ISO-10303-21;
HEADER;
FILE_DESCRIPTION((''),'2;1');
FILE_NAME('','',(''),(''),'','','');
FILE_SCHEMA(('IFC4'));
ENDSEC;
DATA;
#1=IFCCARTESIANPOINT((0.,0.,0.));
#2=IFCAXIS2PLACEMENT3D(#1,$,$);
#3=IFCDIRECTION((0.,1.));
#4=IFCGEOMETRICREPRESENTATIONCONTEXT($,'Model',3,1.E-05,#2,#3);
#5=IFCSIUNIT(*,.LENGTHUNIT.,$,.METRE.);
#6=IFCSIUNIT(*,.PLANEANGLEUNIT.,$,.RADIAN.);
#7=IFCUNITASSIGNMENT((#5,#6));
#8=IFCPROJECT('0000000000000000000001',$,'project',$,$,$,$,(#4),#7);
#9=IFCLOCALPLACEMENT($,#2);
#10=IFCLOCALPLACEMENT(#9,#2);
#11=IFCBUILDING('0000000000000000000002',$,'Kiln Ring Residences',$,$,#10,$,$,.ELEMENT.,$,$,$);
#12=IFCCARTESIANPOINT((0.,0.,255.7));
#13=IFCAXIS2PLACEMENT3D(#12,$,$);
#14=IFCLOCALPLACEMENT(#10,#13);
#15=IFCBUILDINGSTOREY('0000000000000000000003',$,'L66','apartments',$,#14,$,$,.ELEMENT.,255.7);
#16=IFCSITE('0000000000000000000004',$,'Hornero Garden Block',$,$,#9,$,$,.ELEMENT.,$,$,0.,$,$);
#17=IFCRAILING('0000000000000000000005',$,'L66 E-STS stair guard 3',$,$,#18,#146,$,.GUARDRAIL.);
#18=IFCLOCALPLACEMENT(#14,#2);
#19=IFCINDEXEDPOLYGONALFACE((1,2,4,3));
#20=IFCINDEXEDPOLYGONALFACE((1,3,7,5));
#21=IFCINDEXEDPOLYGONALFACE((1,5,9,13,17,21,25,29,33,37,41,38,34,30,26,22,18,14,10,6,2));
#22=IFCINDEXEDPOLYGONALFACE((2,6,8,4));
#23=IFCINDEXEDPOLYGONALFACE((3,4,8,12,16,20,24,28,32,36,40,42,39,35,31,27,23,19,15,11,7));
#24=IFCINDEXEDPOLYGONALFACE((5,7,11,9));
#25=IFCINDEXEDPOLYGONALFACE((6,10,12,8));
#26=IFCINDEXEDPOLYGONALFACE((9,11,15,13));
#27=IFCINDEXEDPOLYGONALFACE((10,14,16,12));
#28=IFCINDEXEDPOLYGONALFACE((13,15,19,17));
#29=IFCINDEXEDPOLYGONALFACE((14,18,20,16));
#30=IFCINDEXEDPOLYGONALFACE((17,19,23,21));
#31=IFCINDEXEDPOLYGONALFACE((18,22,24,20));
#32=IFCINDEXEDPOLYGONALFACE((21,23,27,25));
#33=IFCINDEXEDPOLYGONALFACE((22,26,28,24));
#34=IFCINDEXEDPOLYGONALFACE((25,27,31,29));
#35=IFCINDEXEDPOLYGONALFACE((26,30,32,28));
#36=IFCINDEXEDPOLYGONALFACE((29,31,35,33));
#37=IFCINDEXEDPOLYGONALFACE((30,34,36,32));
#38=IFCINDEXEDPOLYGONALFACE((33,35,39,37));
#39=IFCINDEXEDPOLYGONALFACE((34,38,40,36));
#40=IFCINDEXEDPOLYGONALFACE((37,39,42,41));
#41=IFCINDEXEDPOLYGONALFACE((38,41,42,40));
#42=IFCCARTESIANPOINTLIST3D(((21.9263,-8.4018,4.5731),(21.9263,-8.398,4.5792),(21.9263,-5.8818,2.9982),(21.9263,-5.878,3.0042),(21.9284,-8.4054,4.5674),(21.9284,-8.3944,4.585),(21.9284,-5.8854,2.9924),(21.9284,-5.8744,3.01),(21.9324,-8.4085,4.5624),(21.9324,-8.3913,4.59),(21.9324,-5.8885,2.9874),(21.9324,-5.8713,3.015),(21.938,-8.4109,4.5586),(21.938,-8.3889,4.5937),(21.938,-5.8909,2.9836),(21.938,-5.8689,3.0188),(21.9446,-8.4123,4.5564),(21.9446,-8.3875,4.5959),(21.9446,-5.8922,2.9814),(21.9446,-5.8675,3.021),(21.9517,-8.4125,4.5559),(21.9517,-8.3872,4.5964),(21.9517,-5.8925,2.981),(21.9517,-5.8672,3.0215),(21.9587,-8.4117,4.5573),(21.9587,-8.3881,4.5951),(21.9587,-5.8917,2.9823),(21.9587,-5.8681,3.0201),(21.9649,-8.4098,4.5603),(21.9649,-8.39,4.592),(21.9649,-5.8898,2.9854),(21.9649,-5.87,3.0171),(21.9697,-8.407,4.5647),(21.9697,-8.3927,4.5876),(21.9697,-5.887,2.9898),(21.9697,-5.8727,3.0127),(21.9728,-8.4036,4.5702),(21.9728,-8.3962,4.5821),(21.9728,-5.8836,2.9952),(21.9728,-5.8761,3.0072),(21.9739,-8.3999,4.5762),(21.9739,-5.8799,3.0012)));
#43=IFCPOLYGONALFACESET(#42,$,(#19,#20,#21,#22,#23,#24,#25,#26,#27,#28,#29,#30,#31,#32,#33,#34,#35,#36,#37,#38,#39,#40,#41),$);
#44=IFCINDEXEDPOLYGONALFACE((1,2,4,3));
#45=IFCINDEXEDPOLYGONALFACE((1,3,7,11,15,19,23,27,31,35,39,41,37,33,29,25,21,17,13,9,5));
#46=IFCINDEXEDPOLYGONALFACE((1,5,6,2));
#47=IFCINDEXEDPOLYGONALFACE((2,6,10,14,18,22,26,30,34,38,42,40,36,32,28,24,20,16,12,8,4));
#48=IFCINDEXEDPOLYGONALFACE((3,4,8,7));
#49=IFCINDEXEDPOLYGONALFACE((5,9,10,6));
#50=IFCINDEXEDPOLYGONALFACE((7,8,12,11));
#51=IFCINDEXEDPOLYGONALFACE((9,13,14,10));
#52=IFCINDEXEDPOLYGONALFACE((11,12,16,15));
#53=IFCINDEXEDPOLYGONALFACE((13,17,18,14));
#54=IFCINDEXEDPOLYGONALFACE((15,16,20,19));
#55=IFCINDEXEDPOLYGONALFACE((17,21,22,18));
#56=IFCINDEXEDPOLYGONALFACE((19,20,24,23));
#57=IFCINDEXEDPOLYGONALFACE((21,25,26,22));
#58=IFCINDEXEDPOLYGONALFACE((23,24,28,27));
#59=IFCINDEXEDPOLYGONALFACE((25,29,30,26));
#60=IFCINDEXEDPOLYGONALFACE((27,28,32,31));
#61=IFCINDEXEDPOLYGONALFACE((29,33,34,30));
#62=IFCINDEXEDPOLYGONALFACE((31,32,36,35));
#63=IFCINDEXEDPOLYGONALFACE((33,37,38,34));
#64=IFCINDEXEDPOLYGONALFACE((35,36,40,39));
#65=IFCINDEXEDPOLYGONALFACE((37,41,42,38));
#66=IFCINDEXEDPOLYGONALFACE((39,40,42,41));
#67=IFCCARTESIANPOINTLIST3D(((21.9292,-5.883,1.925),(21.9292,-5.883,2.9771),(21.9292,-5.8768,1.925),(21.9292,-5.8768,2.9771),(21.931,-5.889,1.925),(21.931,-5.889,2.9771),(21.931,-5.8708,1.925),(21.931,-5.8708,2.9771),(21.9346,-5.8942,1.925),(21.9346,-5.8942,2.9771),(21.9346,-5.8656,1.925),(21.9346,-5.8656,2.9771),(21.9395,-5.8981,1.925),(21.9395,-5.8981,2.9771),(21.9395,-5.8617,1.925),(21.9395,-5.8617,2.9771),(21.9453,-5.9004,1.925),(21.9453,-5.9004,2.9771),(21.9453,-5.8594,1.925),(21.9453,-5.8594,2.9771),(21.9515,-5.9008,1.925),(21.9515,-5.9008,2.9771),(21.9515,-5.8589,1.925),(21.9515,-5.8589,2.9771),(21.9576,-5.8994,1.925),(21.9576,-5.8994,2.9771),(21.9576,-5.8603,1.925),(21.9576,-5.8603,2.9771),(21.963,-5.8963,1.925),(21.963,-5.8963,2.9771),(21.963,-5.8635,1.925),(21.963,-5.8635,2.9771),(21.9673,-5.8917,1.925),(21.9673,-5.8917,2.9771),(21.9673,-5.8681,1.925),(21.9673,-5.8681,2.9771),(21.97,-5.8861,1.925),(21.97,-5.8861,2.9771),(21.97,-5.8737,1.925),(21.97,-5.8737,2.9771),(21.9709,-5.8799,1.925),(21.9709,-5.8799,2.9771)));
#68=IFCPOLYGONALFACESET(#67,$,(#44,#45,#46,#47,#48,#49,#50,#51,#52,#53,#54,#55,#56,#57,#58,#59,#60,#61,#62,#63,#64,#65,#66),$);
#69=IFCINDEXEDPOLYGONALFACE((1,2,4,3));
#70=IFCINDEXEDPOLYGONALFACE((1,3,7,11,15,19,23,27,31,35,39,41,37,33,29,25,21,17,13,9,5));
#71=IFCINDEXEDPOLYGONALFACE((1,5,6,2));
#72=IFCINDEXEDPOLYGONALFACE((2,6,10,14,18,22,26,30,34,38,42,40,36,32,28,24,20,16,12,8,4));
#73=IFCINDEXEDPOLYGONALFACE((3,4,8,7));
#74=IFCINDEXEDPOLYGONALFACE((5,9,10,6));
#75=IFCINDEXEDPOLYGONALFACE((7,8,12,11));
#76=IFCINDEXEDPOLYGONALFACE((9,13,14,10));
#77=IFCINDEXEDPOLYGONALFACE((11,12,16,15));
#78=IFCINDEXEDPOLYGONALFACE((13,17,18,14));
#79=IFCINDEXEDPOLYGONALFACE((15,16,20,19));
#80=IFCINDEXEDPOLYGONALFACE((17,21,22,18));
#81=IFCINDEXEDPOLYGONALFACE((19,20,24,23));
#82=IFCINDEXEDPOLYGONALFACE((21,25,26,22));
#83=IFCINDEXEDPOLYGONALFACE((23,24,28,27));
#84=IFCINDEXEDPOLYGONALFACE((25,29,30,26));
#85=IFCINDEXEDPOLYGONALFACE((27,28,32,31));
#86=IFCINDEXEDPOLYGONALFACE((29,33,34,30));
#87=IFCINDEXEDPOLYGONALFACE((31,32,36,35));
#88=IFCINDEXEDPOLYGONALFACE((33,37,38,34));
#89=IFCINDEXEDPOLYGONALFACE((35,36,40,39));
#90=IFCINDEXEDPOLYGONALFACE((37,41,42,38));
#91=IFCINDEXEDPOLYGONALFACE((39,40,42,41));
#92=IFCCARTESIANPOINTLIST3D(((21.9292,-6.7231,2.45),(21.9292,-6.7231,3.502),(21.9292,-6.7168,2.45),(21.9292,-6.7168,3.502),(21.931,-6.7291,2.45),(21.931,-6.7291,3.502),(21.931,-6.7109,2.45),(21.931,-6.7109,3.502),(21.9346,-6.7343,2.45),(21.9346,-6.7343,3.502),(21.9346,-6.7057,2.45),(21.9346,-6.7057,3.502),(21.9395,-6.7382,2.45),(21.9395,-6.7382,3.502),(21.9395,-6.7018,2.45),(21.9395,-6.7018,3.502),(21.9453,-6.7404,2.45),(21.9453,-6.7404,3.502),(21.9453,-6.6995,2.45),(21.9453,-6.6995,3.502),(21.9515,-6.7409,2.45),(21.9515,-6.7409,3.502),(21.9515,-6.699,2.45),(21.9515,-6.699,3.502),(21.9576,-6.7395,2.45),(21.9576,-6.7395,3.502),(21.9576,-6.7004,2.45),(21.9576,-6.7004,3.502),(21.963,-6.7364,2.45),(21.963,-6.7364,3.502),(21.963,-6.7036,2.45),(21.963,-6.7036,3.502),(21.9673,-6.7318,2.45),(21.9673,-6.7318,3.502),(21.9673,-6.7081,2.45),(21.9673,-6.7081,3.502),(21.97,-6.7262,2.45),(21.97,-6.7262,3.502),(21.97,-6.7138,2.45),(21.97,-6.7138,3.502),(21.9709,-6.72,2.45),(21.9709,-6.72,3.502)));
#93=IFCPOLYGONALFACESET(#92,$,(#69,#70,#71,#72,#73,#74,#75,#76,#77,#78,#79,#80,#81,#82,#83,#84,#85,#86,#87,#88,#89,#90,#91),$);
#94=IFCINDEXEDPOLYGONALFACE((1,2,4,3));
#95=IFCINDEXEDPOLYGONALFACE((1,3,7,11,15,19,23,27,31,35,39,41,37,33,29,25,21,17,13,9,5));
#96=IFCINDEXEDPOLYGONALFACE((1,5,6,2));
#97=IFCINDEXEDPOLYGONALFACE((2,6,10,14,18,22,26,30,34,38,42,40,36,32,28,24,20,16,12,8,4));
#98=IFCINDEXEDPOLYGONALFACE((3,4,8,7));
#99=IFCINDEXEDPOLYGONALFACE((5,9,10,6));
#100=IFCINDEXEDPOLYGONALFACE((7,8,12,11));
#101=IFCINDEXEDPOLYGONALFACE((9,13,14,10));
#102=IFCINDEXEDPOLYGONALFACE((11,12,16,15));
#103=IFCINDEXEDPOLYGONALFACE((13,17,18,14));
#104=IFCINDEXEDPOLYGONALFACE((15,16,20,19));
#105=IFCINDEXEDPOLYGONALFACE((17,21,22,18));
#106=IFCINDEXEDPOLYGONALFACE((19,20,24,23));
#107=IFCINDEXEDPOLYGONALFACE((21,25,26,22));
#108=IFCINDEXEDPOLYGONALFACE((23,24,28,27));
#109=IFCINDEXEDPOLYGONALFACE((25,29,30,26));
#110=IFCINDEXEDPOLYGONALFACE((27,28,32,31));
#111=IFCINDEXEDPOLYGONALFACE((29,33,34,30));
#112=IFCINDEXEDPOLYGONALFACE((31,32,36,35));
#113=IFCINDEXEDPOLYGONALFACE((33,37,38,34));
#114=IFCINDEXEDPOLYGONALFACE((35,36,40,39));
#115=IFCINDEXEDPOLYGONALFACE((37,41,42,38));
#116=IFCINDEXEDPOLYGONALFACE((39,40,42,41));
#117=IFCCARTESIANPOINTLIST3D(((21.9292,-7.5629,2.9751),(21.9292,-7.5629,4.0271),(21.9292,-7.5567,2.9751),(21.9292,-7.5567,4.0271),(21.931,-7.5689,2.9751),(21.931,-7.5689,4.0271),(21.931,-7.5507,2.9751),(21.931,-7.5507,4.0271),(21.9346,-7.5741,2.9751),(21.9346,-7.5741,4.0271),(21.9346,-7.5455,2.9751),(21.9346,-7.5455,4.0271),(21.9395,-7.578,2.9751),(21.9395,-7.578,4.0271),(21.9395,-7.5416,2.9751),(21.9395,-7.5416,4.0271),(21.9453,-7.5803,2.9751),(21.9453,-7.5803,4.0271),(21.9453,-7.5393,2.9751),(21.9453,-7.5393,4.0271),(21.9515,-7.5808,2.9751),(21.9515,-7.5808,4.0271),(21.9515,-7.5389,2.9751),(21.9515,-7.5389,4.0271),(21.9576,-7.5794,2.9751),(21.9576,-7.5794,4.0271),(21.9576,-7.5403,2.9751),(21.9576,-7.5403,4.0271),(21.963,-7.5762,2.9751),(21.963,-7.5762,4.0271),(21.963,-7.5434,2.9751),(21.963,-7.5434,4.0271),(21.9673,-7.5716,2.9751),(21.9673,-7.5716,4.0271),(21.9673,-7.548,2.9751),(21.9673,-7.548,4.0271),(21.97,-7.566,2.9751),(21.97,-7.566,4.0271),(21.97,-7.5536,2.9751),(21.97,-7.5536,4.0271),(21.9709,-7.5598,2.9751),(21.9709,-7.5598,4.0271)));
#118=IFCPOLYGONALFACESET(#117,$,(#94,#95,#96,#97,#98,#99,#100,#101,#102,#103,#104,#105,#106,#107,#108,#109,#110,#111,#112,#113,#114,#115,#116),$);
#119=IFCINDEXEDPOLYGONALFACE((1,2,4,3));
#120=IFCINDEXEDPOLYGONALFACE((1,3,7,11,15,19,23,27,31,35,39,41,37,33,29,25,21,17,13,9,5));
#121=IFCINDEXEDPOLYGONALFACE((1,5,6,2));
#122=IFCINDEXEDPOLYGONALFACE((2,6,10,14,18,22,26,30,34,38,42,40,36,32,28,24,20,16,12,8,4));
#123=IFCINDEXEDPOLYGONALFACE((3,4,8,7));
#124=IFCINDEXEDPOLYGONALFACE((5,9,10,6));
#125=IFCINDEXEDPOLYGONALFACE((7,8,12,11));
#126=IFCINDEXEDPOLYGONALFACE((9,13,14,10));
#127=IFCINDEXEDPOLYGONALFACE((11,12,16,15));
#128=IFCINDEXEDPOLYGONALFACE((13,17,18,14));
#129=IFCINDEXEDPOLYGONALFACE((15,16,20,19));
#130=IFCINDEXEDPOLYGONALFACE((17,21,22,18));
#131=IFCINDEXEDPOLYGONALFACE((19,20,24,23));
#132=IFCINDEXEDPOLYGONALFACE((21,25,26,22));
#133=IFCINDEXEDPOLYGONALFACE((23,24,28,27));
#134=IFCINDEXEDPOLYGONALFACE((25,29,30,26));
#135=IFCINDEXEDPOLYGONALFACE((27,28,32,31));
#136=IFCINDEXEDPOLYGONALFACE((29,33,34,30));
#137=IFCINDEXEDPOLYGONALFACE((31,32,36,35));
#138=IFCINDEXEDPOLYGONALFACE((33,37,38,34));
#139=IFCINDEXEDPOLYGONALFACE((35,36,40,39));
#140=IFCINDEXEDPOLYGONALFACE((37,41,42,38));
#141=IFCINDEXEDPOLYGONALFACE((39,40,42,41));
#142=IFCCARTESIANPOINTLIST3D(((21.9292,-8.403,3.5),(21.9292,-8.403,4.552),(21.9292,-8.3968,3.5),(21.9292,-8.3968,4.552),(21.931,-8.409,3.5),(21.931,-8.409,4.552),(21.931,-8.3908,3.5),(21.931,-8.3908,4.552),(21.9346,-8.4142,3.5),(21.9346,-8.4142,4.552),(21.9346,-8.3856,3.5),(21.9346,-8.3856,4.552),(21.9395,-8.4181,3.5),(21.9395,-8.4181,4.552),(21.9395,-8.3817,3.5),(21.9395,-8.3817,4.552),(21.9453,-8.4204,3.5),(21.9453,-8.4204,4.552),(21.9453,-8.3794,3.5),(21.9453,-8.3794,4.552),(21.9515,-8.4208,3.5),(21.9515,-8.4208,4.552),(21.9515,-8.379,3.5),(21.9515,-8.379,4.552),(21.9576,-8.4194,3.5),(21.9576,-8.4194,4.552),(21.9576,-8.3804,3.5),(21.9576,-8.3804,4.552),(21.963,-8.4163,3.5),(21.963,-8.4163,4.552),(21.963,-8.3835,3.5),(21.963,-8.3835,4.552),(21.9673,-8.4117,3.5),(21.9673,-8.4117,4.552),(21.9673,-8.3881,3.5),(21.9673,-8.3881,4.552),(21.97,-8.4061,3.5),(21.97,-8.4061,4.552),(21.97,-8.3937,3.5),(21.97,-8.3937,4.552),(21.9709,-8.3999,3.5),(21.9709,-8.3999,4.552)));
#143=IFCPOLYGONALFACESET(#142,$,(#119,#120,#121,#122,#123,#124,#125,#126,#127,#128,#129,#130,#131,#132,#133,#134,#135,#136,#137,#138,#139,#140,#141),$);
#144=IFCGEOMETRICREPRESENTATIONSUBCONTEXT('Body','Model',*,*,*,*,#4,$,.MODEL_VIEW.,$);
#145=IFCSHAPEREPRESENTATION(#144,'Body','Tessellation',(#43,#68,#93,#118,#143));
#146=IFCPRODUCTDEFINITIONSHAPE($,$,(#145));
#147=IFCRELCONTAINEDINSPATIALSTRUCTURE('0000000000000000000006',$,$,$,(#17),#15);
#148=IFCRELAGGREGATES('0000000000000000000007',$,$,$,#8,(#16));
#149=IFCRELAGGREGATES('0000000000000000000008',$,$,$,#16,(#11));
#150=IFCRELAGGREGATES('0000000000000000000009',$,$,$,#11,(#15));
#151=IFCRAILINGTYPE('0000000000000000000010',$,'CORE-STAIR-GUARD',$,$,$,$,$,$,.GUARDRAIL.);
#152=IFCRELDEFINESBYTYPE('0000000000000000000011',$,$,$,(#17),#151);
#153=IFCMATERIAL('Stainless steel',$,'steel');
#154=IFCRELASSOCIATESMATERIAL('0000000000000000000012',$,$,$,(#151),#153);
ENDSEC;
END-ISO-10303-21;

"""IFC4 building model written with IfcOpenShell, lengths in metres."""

from ifc_helpers import new_model, si_unit, direction, frame, origin, origin_2d, place, context, subcontext, project, spatial, circle, extrude, material, type_object, element, save


model = new_model("IFC4")

# Units and contexts
model_context = context("Model", 3, precision=1e-05, world=origin(), true_north=direction((0.0, 1.0)))
body_context = subcontext(model_context, "Body", "Model", "MODEL_VIEW")
ifc_project = project(units=[si_unit("LENGTHUNIT", "METRE"), si_unit("PLANEANGLEUNIT", "RADIAN")], contexts=[model_context])

# Site, building, storey
site_placement = place(None, origin())
site = spatial("IfcSite", under=ifc_project, at=site_placement, Name="Hornero Garden Block", CompositionType="ELEMENT", RefElevation=0.0)
building_placement = place(site_placement, origin())
building = spatial("IfcBuilding", under=site, at=building_placement, Name="Kiln Ring Residences", CompositionType="ELEMENT")
storey_placement = place(building_placement, frame((0.0, 0.0, 255.7)))
storey = spatial("IfcBuildingStorey", under=building, at=storey_placement, Name="L66", Description="apartments", CompositionType="ELEMENT", Elevation=255.7)

# Railing
ifc_material_1 = material(Name="Stainless steel", Category="steel")
railing_type_1 = type_object("IfcRailingType", Name="CORE-STAIR-GUARD", PredefinedType="GUARDRAIL", material=ifc_material_1)
railing_1_placement = place(storey_placement, frame((21.95, -5.8799, 1.925)))
element("IfcRailing", 1, at=railing_1_placement, inside=storey, type_object=railing_type_1, Name="L66 E-STS stair guard 3", PredefinedType="GUARDRAIL", context=body_context, shape_type="SweptSolid", body=[
    extrude(circle(Radius=0.0239, at=origin_2d()), frame((0.0, 0.0, 1.0762), z_axis=(0.0, -0.848008, 0.529984), x_axis=(1.0, 0.0, 0.0)), (0.0, 0.0, 1.0), 2.9717),
    extrude(circle(Radius=0.021, at=origin_2d()), origin(), (0.0, 0.0, 1.0), 1.052),
    extrude(circle(Radius=0.021, at=origin_2d()), frame((0.0, -0.8401, 0.5249)), (0.0, 0.0, 1.0), 1.052),
    extrude(circle(Radius=0.021, at=origin_2d()), frame((0.0, -1.6799, 1.05)), (0.0, 0.0, 1.0), 1.052),
    extrude(circle(Radius=0.021, at=origin_2d()), frame((0.0, -2.52, 1.575)), (0.0, 0.0, 1.0), 1.052),
])

save(model, "model.ifc")
